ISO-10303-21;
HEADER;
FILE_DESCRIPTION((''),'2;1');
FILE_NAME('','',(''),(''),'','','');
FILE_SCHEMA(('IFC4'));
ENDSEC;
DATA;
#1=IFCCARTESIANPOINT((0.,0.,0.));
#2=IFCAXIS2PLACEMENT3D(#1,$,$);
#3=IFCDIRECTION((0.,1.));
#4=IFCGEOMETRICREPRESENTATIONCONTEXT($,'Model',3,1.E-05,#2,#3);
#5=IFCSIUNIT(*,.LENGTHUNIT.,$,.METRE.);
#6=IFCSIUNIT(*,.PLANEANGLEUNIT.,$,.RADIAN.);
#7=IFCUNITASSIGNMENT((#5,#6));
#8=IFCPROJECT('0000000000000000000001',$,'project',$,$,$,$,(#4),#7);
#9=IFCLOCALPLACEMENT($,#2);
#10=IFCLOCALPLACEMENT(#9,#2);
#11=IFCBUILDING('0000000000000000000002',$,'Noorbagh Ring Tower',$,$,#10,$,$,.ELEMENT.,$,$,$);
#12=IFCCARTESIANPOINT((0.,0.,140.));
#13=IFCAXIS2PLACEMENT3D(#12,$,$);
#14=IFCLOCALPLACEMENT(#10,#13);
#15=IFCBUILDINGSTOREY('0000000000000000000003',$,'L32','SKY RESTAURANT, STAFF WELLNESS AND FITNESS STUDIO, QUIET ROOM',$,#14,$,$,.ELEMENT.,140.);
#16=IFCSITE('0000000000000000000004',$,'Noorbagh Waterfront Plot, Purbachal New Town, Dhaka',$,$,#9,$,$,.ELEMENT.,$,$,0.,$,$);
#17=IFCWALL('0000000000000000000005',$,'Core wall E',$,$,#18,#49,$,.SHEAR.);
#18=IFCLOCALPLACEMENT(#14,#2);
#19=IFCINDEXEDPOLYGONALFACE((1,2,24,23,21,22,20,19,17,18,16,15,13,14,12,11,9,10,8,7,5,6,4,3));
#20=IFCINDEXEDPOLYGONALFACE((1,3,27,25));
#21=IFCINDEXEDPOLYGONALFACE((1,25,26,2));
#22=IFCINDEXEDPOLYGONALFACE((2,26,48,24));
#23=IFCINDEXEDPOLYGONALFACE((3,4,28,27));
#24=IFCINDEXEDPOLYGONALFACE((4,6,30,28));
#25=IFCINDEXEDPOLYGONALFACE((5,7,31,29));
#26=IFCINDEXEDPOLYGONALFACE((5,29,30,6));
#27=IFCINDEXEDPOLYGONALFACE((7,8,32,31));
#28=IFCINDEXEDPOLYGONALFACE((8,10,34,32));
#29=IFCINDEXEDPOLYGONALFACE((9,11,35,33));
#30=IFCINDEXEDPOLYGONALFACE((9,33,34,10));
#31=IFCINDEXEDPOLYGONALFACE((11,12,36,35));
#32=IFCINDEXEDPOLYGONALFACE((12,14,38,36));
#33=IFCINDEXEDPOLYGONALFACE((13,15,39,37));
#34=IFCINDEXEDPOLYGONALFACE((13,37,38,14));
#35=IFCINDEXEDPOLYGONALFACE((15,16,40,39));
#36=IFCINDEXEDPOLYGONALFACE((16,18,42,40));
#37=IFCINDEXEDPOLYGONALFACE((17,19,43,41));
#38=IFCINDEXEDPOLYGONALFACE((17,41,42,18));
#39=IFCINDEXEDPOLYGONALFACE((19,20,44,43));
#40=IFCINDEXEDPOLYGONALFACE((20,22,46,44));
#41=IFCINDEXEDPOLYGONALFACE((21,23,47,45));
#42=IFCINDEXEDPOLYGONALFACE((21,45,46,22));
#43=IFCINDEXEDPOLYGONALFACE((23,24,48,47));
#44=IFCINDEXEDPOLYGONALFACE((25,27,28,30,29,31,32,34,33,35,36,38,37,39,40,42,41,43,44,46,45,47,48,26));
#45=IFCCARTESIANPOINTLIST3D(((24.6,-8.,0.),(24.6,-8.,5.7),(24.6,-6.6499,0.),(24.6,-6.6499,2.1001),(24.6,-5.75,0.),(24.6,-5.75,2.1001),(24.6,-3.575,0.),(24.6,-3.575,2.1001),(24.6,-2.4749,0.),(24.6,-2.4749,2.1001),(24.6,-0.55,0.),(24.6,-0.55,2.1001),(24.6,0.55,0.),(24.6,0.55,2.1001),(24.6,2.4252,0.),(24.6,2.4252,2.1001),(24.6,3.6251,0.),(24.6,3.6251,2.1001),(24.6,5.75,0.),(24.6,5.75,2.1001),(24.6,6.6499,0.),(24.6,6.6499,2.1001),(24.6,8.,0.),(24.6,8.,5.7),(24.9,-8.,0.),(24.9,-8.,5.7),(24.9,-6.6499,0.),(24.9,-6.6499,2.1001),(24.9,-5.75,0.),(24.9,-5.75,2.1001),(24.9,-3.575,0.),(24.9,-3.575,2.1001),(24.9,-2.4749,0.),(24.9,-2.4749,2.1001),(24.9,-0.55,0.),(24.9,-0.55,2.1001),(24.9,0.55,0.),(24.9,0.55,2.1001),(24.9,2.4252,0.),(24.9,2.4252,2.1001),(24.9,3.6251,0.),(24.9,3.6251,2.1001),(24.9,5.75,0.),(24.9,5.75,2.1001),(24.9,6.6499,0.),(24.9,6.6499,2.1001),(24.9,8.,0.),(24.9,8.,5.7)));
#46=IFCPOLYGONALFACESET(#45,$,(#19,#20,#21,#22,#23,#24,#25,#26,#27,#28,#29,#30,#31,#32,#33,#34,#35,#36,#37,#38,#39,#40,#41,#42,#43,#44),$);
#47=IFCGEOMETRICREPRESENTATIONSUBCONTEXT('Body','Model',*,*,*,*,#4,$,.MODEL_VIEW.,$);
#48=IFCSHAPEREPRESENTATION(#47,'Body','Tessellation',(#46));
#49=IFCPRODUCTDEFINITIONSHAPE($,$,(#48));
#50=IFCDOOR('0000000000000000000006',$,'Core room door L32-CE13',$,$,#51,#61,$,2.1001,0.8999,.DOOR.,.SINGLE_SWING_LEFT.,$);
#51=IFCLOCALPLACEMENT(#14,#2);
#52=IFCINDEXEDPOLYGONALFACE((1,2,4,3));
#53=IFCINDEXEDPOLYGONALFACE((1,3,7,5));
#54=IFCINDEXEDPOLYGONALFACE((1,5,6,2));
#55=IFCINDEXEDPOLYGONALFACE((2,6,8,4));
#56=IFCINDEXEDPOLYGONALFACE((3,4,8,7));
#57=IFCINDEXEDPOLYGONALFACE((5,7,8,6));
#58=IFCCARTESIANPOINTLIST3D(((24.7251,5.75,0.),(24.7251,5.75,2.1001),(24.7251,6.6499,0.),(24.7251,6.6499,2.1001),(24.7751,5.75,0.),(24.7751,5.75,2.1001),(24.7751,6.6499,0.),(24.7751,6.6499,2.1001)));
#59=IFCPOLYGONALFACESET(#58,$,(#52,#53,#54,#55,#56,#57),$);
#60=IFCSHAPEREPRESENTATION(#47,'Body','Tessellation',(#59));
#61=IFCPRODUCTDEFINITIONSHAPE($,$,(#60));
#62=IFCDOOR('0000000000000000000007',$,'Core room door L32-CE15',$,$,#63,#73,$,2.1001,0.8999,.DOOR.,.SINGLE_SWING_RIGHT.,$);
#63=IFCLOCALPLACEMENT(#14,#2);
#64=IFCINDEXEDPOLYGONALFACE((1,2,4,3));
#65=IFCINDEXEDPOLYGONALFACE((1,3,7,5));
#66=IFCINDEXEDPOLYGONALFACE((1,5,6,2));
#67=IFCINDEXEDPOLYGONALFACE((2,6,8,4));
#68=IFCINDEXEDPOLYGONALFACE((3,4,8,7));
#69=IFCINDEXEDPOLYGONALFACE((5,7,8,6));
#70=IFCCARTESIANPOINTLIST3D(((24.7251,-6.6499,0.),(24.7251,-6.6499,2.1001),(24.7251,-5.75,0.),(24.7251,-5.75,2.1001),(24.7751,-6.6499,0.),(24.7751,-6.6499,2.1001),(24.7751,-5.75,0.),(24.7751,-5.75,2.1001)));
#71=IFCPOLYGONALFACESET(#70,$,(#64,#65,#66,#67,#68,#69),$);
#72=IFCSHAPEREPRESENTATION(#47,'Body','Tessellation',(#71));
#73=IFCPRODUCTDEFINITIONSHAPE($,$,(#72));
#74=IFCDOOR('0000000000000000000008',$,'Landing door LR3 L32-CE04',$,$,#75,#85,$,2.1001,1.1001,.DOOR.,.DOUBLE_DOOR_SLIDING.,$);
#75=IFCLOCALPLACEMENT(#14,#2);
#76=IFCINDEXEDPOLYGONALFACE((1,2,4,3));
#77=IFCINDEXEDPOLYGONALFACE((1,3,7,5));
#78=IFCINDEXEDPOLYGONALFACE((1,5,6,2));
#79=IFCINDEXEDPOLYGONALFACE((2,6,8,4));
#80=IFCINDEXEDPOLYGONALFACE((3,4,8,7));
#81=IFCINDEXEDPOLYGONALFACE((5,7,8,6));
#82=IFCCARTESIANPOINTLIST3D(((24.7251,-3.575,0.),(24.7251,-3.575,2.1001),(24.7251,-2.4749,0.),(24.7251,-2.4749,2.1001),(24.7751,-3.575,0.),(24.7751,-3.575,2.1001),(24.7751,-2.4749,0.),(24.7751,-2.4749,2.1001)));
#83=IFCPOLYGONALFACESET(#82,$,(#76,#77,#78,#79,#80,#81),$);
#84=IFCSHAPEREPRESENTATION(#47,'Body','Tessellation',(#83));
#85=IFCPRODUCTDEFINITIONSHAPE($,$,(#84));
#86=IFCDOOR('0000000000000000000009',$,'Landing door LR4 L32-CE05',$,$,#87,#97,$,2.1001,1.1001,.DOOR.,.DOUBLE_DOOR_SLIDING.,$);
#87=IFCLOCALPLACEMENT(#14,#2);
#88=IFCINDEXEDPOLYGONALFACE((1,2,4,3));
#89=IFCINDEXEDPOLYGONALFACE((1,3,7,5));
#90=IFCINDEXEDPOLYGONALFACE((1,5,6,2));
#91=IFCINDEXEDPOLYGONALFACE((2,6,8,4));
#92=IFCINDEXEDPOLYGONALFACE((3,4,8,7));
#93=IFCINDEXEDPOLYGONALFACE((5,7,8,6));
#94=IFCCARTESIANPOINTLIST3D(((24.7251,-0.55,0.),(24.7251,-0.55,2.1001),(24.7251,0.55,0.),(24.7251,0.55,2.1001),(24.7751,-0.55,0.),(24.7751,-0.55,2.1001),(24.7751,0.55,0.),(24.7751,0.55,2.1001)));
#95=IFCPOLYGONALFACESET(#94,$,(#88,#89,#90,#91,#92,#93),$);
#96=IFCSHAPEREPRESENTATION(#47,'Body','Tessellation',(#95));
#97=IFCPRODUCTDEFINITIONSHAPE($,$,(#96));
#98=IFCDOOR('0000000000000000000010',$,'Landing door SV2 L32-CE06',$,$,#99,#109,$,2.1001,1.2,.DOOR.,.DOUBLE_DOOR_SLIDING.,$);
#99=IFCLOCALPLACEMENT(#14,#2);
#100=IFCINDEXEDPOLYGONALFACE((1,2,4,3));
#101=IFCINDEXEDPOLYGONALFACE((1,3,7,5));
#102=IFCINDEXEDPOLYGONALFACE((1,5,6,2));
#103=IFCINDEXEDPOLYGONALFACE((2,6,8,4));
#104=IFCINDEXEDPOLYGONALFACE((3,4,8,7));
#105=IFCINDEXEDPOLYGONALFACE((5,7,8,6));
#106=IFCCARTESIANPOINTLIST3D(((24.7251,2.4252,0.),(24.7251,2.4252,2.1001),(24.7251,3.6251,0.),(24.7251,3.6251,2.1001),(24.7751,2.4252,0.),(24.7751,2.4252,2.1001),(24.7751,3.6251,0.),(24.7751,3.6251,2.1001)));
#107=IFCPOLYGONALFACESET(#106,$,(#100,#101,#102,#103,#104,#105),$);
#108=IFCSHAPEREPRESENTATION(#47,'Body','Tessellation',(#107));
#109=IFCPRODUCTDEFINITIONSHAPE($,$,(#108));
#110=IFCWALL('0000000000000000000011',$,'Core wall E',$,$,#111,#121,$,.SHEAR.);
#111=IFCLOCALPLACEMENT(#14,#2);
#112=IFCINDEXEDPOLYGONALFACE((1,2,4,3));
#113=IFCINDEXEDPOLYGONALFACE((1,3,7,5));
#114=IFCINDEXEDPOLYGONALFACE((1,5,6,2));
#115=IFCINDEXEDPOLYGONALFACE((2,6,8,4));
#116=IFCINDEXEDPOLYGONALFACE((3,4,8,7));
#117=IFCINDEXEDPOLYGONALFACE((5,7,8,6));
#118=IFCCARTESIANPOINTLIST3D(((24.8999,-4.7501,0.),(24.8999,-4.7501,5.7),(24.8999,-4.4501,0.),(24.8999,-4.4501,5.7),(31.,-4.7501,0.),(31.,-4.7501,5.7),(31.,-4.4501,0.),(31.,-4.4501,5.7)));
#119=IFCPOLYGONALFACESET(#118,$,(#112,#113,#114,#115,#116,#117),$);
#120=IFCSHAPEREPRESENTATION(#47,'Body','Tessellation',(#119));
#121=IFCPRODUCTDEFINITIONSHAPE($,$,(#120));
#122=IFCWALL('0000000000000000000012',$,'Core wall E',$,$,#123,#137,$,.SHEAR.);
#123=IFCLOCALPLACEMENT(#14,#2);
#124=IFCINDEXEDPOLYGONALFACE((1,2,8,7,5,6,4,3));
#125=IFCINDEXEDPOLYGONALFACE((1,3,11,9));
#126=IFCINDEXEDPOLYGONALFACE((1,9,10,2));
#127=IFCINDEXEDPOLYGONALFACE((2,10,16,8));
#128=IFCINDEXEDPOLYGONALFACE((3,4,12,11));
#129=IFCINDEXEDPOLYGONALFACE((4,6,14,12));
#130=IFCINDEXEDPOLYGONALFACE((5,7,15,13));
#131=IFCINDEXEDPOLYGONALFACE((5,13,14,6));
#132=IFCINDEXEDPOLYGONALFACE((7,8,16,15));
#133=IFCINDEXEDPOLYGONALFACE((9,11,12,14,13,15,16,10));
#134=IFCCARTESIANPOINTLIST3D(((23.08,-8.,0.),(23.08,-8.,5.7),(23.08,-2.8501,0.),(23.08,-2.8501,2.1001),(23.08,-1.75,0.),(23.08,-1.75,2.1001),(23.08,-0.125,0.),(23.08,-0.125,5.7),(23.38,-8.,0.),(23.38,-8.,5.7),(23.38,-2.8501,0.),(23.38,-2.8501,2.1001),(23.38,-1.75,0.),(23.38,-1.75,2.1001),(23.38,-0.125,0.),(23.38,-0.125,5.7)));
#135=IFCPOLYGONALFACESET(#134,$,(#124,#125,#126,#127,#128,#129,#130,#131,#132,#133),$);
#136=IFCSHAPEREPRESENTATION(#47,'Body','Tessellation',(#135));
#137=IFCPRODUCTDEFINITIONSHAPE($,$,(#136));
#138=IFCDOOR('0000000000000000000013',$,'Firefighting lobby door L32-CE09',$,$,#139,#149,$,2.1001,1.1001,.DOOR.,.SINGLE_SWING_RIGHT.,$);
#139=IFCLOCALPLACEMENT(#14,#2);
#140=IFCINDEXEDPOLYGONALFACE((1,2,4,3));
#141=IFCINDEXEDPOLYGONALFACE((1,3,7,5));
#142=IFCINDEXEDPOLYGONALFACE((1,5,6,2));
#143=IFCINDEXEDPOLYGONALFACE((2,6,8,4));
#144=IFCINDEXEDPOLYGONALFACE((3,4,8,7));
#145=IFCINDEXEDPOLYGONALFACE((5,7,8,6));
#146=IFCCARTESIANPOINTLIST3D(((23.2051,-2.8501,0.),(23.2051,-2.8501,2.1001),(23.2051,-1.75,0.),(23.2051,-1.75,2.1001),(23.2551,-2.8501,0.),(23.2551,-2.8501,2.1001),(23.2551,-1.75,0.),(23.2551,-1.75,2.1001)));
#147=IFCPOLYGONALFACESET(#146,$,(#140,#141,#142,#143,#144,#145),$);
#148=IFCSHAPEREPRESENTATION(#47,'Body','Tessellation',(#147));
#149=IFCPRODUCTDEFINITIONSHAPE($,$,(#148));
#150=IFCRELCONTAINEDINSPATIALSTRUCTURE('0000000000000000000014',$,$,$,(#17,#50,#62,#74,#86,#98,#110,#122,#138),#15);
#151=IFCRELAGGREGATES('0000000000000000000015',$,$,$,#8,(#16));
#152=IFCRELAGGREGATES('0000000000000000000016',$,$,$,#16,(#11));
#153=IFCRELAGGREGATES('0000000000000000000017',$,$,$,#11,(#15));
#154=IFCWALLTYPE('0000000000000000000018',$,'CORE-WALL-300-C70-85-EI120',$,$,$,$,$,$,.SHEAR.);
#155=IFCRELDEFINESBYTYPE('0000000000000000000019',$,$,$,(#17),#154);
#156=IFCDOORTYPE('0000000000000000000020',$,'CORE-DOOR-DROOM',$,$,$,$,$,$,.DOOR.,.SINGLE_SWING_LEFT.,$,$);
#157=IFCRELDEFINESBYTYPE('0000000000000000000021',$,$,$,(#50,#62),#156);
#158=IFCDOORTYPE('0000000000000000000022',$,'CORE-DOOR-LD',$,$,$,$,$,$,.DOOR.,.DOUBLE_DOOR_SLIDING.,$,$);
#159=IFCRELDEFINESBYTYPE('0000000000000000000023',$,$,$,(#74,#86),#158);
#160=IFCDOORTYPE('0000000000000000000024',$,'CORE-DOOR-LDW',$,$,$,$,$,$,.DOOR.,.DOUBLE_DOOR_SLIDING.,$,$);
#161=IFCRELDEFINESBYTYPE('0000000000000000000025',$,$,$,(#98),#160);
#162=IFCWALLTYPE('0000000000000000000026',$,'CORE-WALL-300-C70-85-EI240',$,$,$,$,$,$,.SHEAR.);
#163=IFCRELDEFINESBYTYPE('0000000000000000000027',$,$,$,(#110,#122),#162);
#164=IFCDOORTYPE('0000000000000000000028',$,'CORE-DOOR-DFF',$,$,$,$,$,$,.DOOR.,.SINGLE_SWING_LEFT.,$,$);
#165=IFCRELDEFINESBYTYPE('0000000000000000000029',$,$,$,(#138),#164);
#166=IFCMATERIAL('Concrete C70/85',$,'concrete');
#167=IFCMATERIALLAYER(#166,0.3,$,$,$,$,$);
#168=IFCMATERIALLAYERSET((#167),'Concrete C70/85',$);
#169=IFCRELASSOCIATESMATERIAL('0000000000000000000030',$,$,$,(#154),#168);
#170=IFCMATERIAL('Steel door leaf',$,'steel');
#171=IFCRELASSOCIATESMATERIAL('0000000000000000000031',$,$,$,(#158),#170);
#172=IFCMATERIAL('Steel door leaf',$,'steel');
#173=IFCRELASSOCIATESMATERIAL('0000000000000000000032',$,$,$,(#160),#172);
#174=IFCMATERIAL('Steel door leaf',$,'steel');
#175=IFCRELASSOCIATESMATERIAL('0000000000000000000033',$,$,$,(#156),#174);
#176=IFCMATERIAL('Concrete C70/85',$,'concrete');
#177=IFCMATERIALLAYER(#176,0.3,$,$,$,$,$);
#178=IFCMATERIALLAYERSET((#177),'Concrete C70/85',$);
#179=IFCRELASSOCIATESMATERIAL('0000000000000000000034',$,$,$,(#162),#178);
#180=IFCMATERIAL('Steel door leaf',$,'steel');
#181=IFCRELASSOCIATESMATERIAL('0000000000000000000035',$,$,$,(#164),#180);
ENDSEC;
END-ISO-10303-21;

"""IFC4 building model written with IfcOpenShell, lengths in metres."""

from ifc_helpers import new_model, si_unit, direction, frame, frame_2d, origin, place, context, subcontext, project, spatial, rectangle, extrude, material, layer, layer_set, type_object, element, fill, save


model = new_model("IFC4")

# Units and contexts
model_context = context("Model", 3, precision=1e-05, world=origin(), true_north=direction((0.0, 1.0)))
body_context = subcontext(model_context, "Body", "Model", "MODEL_VIEW")
ifc_project = project(units=[si_unit("LENGTHUNIT", "METRE"), si_unit("PLANEANGLEUNIT", "RADIAN")], contexts=[model_context])

# Site, building, storey
site_placement = place(None, origin())
site = spatial("IfcSite", under=ifc_project, at=site_placement, Name="Noorbagh Waterfront Plot, Purbachal New Town, Dhaka", CompositionType="ELEMENT", RefElevation=0.0)
building_placement = place(site_placement, origin())
building = spatial("IfcBuilding", under=site, at=building_placement, Name="Noorbagh Ring Tower", CompositionType="ELEMENT")
storey_placement = place(building_placement, frame((0.0, 0.0, 140.0)))
storey = spatial("IfcBuildingStorey", under=building, at=storey_placement, Name="L32", Description="SKY RESTAURANT, STAFF WELLNESS AND FITNESS STUDIO, QUIET ROOM", CompositionType="ELEMENT", Elevation=140.0)

# Wall, openings, doors
ifc_material_1 = material(Name="Concrete C70/85", Category="concrete")
ifc_layer_1 = layer(ifc_material_1, 0.3)
ifc_layer_set_1 = layer_set([ifc_layer_1], Name="Concrete C70/85")
wall_type_1 = type_object("IfcWallType", Name="CORE-WALL-300-C70-85-EI120", PredefinedType="SHEAR", material=ifc_layer_set_1)
ifc_material_2 = material(Name="Steel door leaf", Category="steel")
door_type_1 = type_object("IfcDoorType", Name="CORE-DOOR-LD", OperationType="DOUBLE_DOOR_SLIDING", PredefinedType="DOOR", material=ifc_material_2)
ifc_material_3 = material(Name="Steel door leaf", Category="steel")
door_type_2 = type_object("IfcDoorType", Name="CORE-DOOR-LDW", OperationType="DOUBLE_DOOR_SLIDING", PredefinedType="DOOR", material=ifc_material_3)
wall_1_placement = place(storey_placement, frame((24.75, -8.0, 0.0), z_axis=(0.0, 0.0, 1.0), x_axis=(0.0, 1.0, 0.0)))
wall_1 = element("IfcWall", 1, at=wall_1_placement, inside=storey, type_object=wall_type_1, Name="Core wall E", PredefinedType="SHEAR", context=body_context, shape_type="SweptSolid", body=[
    extrude(rectangle(XDim=16.0, YDim=0.3, at=frame_2d((8.0, 0.0))), origin(), (0.0, 0.0, 1.0), 5.7),
])
opening_1_placement = place(wall_1_placement, frame((4.425, 0.0, 0.0)))
opening_1 = element("IfcOpeningElement", 2, at=opening_1_placement, cuts=wall_1, PredefinedType="OPENING", context=body_context, shape_type="SweptSolid", body=[
    extrude(rectangle(XDim=1.1001, YDim=2.1001, at=frame_2d((0.55, 1.05))), frame((0.0, 0.1602, 0.0), z_axis=(0.0, -1.0, 0.0), x_axis=(1.0, 0.0, 0.0)), (0.0, 0.0, 1.0), 0.3201),
])
opening_2_placement = place(wall_1_placement, frame((7.45, 0.0, 0.0)))
opening_2 = element("IfcOpeningElement", 3, at=opening_2_placement, cuts=wall_1, PredefinedType="OPENING", context=body_context, shape_type="SweptSolid", body=[
    extrude(rectangle(XDim=1.1001, YDim=2.1001, at=frame_2d((0.55, 1.05))), frame((0.0, 0.1602, 0.0), z_axis=(0.0, -1.0, 0.0), x_axis=(1.0, 0.0, 0.0)), (0.0, 0.0, 1.0), 0.3201),
])
opening_3_placement = place(wall_1_placement, frame((10.425, 0.0, 0.0)))
opening_3 = element("IfcOpeningElement", 4, at=opening_3_placement, cuts=wall_1, PredefinedType="OPENING", context=body_context, shape_type="SweptSolid", body=[
    extrude(rectangle(XDim=1.2, YDim=2.1001, at=frame_2d((0.6001, 1.05))), frame((0.0, 0.1602, 0.0), z_axis=(0.0, -1.0, 0.0), x_axis=(1.0, 0.0, 0.0)), (0.0, 0.0, 1.0), 0.3201),
])
opening_4_placement = place(wall_1_placement, frame((13.75, 0.0, 0.0)))
opening_4 = element("IfcOpeningElement", 5, at=opening_4_placement, cuts=wall_1, PredefinedType="OPENING", context=body_context, shape_type="SweptSolid", body=[
    extrude(rectangle(XDim=0.8999, YDim=2.1001, at=frame_2d((0.45, 1.05))), frame((0.0, 0.1602, 0.0), z_axis=(0.0, -1.0, 0.0), x_axis=(1.0, 0.0, 0.0)), (0.0, 0.0, 1.0), 0.3201),
])
opening_5_placement = place(wall_1_placement, frame((1.3501, 0.0, 0.0)))
opening_5 = element("IfcOpeningElement", 6, at=opening_5_placement, cuts=wall_1, PredefinedType="OPENING", context=body_context, shape_type="SweptSolid", body=[
    extrude(rectangle(XDim=0.8999, YDim=2.1001, at=frame_2d((0.45, 1.05))), frame((0.0, 0.1602, 0.0), z_axis=(0.0, -1.0, 0.0), x_axis=(1.0, 0.0, 0.0)), (0.0, 0.0, 1.0), 0.3201),
])
ifc_material_4 = material(Name="Steel door leaf", Category="steel")
door_type_3 = type_object("IfcDoorType", Name="CORE-DOOR-DROOM", OperationType="SINGLE_SWING_LEFT", PredefinedType="DOOR", material=ifc_material_4)
door_1_placement = place(opening_4_placement, origin())
door_1 = element("IfcDoor", 7, at=door_1_placement, inside=storey, type_object=door_type_3, Name="Core room door L32-CE13", OperationType="SINGLE_SWING_LEFT", OverallHeight=2.1001, OverallWidth=0.8999, PredefinedType="DOOR", context=body_context, shape_type="SweptSolid", body=[
    extrude(rectangle(XDim=0.8999, YDim=2.1001, at=frame_2d((0.45, 1.05))), frame((0.0, 0.0249, 0.0), z_axis=(0.0, -1.0, 0.0), x_axis=(1.0, 0.0, 0.0)), (0.0, 0.0, 1.0), 0.05),
])
fill(opening_4, door_1)
door_2_placement = place(opening_5_placement, origin())
door_2 = element("IfcDoor", 8, at=door_2_placement, inside=storey, type_object=door_type_3, Name="Core room door L32-CE15", OperationType="SINGLE_SWING_RIGHT", OverallHeight=2.1001, OverallWidth=0.8999, PredefinedType="DOOR", context=body_context, shape_type="SweptSolid", body=[
    extrude(rectangle(XDim=0.8999, YDim=2.1001, at=frame_2d((0.45, 1.05))), frame((0.0, 0.0249, 0.0), z_axis=(0.0, -1.0, 0.0), x_axis=(1.0, 0.0, 0.0)), (0.0, 0.0, 1.0), 0.05),
])
fill(opening_5, door_2)
door_3_placement = place(opening_1_placement, origin())
door_3 = element("IfcDoor", 9, at=door_3_placement, inside=storey, type_object=door_type_1, Name="Landing door LR3 L32-CE04", OperationType="DOUBLE_DOOR_SLIDING", OverallHeight=2.1001, OverallWidth=1.1001, PredefinedType="DOOR", context=body_context, shape_type="SweptSolid", body=[
    extrude(rectangle(XDim=1.1001, YDim=2.1001, at=frame_2d((0.55, 1.05))), frame((0.0, 0.0249, 0.0), z_axis=(0.0, -1.0, 0.0), x_axis=(1.0, 0.0, 0.0)), (0.0, 0.0, 1.0), 0.05),
])
fill(opening_1, door_3)
door_4_placement = place(opening_2_placement, origin())
door_4 = element("IfcDoor", 10, at=door_4_placement, inside=storey, type_object=door_type_1, Name="Landing door LR4 L32-CE05", OperationType="DOUBLE_DOOR_SLIDING", OverallHeight=2.1001, OverallWidth=1.1001, PredefinedType="DOOR", context=body_context, shape_type="SweptSolid", body=[
    extrude(rectangle(XDim=1.1001, YDim=2.1001, at=frame_2d((0.55, 1.05))), frame((0.0, 0.0249, 0.0), z_axis=(0.0, -1.0, 0.0), x_axis=(1.0, 0.0, 0.0)), (0.0, 0.0, 1.0), 0.05),
])
fill(opening_2, door_4)
door_5_placement = place(opening_3_placement, origin())
door_5 = element("IfcDoor", 11, at=door_5_placement, inside=storey, type_object=door_type_2, Name="Landing door SV2 L32-CE06", OperationType="DOUBLE_DOOR_SLIDING", OverallHeight=2.1001, OverallWidth=1.2, PredefinedType="DOOR", context=body_context, shape_type="SweptSolid", body=[
    extrude(rectangle(XDim=1.2, YDim=2.1001, at=frame_2d((0.6001, 1.05))), frame((0.0, 0.0249, 0.0), z_axis=(0.0, -1.0, 0.0), x_axis=(1.0, 0.0, 0.0)), (0.0, 0.0, 1.0), 0.05),
])
fill(opening_3, door_5)

# Wall
ifc_material_5 = material(Name="Concrete C70/85", Category="concrete")
ifc_layer_2 = layer(ifc_material_5, 0.3)
ifc_layer_set_2 = layer_set([ifc_layer_2], Name="Concrete C70/85")
wall_type_2 = type_object("IfcWallType", Name="CORE-WALL-300-C70-85-EI240", PredefinedType="SHEAR", material=ifc_layer_set_2)
wall_2_placement = place(storey_placement, frame((24.8999, -4.6001, 0.0), z_axis=(0.0, 0.0, 1.0), x_axis=(1.0, 0.0, 0.0)))
element("IfcWall", 12, at=wall_2_placement, inside=storey, type_object=wall_type_2, Name="Core wall E", PredefinedType="SHEAR", context=body_context, shape_type="SweptSolid", body=[
    extrude(rectangle(XDim=6.1001, YDim=0.3, at=frame_2d((3.05, 0.0))), origin(), (0.0, 0.0, 1.0), 5.7),
])

# Wall, opening, door
wall_3_placement = place(storey_placement, frame((23.23, -8.0, 0.0), z_axis=(0.0, 0.0, 1.0), x_axis=(0.0, 1.0, 0.0)))
wall_3 = element("IfcWall", 13, at=wall_3_placement, inside=storey, type_object=wall_type_2, Name="Core wall E", PredefinedType="SHEAR", context=body_context, shape_type="SweptSolid", body=[
    extrude(rectangle(XDim=7.875, YDim=0.3, at=frame_2d((3.9375, 0.0))), origin(), (0.0, 0.0, 1.0), 5.7),
])
opening_6_placement = place(wall_3_placement, frame((5.1499, 0.0, 0.0)))
opening_6 = element("IfcOpeningElement", 14, at=opening_6_placement, cuts=wall_3, PredefinedType="OPENING", context=body_context, shape_type="SweptSolid", body=[
    extrude(rectangle(XDim=1.1001, YDim=2.1001, at=frame_2d((0.55, 1.05))), frame((0.0, 0.1602, 0.0), z_axis=(0.0, -1.0, 0.0), x_axis=(1.0, 0.0, 0.0)), (0.0, 0.0, 1.0), 0.3201),
])
ifc_material_6 = material(Name="Steel door leaf", Category="steel")
door_type_4 = type_object("IfcDoorType", Name="CORE-DOOR-DFF", OperationType="SINGLE_SWING_LEFT", PredefinedType="DOOR", material=ifc_material_6)
door_6_placement = place(opening_6_placement, origin())
door_6 = element("IfcDoor", 15, at=door_6_placement, inside=storey, type_object=door_type_4, Name="Firefighting lobby door L32-CE09", OperationType="SINGLE_SWING_RIGHT", OverallHeight=2.1001, OverallWidth=1.1001, PredefinedType="DOOR", context=body_context, shape_type="SweptSolid", body=[
    extrude(rectangle(XDim=1.1001, YDim=2.1001, at=frame_2d((0.55, 1.05))), frame((0.0, 0.0249, 0.0), z_axis=(0.0, -1.0, 0.0), x_axis=(1.0, 0.0, 0.0)), (0.0, 0.0, 1.0), 0.05),
])
fill(opening_6, door_6)

save(model, "model.ifc")
